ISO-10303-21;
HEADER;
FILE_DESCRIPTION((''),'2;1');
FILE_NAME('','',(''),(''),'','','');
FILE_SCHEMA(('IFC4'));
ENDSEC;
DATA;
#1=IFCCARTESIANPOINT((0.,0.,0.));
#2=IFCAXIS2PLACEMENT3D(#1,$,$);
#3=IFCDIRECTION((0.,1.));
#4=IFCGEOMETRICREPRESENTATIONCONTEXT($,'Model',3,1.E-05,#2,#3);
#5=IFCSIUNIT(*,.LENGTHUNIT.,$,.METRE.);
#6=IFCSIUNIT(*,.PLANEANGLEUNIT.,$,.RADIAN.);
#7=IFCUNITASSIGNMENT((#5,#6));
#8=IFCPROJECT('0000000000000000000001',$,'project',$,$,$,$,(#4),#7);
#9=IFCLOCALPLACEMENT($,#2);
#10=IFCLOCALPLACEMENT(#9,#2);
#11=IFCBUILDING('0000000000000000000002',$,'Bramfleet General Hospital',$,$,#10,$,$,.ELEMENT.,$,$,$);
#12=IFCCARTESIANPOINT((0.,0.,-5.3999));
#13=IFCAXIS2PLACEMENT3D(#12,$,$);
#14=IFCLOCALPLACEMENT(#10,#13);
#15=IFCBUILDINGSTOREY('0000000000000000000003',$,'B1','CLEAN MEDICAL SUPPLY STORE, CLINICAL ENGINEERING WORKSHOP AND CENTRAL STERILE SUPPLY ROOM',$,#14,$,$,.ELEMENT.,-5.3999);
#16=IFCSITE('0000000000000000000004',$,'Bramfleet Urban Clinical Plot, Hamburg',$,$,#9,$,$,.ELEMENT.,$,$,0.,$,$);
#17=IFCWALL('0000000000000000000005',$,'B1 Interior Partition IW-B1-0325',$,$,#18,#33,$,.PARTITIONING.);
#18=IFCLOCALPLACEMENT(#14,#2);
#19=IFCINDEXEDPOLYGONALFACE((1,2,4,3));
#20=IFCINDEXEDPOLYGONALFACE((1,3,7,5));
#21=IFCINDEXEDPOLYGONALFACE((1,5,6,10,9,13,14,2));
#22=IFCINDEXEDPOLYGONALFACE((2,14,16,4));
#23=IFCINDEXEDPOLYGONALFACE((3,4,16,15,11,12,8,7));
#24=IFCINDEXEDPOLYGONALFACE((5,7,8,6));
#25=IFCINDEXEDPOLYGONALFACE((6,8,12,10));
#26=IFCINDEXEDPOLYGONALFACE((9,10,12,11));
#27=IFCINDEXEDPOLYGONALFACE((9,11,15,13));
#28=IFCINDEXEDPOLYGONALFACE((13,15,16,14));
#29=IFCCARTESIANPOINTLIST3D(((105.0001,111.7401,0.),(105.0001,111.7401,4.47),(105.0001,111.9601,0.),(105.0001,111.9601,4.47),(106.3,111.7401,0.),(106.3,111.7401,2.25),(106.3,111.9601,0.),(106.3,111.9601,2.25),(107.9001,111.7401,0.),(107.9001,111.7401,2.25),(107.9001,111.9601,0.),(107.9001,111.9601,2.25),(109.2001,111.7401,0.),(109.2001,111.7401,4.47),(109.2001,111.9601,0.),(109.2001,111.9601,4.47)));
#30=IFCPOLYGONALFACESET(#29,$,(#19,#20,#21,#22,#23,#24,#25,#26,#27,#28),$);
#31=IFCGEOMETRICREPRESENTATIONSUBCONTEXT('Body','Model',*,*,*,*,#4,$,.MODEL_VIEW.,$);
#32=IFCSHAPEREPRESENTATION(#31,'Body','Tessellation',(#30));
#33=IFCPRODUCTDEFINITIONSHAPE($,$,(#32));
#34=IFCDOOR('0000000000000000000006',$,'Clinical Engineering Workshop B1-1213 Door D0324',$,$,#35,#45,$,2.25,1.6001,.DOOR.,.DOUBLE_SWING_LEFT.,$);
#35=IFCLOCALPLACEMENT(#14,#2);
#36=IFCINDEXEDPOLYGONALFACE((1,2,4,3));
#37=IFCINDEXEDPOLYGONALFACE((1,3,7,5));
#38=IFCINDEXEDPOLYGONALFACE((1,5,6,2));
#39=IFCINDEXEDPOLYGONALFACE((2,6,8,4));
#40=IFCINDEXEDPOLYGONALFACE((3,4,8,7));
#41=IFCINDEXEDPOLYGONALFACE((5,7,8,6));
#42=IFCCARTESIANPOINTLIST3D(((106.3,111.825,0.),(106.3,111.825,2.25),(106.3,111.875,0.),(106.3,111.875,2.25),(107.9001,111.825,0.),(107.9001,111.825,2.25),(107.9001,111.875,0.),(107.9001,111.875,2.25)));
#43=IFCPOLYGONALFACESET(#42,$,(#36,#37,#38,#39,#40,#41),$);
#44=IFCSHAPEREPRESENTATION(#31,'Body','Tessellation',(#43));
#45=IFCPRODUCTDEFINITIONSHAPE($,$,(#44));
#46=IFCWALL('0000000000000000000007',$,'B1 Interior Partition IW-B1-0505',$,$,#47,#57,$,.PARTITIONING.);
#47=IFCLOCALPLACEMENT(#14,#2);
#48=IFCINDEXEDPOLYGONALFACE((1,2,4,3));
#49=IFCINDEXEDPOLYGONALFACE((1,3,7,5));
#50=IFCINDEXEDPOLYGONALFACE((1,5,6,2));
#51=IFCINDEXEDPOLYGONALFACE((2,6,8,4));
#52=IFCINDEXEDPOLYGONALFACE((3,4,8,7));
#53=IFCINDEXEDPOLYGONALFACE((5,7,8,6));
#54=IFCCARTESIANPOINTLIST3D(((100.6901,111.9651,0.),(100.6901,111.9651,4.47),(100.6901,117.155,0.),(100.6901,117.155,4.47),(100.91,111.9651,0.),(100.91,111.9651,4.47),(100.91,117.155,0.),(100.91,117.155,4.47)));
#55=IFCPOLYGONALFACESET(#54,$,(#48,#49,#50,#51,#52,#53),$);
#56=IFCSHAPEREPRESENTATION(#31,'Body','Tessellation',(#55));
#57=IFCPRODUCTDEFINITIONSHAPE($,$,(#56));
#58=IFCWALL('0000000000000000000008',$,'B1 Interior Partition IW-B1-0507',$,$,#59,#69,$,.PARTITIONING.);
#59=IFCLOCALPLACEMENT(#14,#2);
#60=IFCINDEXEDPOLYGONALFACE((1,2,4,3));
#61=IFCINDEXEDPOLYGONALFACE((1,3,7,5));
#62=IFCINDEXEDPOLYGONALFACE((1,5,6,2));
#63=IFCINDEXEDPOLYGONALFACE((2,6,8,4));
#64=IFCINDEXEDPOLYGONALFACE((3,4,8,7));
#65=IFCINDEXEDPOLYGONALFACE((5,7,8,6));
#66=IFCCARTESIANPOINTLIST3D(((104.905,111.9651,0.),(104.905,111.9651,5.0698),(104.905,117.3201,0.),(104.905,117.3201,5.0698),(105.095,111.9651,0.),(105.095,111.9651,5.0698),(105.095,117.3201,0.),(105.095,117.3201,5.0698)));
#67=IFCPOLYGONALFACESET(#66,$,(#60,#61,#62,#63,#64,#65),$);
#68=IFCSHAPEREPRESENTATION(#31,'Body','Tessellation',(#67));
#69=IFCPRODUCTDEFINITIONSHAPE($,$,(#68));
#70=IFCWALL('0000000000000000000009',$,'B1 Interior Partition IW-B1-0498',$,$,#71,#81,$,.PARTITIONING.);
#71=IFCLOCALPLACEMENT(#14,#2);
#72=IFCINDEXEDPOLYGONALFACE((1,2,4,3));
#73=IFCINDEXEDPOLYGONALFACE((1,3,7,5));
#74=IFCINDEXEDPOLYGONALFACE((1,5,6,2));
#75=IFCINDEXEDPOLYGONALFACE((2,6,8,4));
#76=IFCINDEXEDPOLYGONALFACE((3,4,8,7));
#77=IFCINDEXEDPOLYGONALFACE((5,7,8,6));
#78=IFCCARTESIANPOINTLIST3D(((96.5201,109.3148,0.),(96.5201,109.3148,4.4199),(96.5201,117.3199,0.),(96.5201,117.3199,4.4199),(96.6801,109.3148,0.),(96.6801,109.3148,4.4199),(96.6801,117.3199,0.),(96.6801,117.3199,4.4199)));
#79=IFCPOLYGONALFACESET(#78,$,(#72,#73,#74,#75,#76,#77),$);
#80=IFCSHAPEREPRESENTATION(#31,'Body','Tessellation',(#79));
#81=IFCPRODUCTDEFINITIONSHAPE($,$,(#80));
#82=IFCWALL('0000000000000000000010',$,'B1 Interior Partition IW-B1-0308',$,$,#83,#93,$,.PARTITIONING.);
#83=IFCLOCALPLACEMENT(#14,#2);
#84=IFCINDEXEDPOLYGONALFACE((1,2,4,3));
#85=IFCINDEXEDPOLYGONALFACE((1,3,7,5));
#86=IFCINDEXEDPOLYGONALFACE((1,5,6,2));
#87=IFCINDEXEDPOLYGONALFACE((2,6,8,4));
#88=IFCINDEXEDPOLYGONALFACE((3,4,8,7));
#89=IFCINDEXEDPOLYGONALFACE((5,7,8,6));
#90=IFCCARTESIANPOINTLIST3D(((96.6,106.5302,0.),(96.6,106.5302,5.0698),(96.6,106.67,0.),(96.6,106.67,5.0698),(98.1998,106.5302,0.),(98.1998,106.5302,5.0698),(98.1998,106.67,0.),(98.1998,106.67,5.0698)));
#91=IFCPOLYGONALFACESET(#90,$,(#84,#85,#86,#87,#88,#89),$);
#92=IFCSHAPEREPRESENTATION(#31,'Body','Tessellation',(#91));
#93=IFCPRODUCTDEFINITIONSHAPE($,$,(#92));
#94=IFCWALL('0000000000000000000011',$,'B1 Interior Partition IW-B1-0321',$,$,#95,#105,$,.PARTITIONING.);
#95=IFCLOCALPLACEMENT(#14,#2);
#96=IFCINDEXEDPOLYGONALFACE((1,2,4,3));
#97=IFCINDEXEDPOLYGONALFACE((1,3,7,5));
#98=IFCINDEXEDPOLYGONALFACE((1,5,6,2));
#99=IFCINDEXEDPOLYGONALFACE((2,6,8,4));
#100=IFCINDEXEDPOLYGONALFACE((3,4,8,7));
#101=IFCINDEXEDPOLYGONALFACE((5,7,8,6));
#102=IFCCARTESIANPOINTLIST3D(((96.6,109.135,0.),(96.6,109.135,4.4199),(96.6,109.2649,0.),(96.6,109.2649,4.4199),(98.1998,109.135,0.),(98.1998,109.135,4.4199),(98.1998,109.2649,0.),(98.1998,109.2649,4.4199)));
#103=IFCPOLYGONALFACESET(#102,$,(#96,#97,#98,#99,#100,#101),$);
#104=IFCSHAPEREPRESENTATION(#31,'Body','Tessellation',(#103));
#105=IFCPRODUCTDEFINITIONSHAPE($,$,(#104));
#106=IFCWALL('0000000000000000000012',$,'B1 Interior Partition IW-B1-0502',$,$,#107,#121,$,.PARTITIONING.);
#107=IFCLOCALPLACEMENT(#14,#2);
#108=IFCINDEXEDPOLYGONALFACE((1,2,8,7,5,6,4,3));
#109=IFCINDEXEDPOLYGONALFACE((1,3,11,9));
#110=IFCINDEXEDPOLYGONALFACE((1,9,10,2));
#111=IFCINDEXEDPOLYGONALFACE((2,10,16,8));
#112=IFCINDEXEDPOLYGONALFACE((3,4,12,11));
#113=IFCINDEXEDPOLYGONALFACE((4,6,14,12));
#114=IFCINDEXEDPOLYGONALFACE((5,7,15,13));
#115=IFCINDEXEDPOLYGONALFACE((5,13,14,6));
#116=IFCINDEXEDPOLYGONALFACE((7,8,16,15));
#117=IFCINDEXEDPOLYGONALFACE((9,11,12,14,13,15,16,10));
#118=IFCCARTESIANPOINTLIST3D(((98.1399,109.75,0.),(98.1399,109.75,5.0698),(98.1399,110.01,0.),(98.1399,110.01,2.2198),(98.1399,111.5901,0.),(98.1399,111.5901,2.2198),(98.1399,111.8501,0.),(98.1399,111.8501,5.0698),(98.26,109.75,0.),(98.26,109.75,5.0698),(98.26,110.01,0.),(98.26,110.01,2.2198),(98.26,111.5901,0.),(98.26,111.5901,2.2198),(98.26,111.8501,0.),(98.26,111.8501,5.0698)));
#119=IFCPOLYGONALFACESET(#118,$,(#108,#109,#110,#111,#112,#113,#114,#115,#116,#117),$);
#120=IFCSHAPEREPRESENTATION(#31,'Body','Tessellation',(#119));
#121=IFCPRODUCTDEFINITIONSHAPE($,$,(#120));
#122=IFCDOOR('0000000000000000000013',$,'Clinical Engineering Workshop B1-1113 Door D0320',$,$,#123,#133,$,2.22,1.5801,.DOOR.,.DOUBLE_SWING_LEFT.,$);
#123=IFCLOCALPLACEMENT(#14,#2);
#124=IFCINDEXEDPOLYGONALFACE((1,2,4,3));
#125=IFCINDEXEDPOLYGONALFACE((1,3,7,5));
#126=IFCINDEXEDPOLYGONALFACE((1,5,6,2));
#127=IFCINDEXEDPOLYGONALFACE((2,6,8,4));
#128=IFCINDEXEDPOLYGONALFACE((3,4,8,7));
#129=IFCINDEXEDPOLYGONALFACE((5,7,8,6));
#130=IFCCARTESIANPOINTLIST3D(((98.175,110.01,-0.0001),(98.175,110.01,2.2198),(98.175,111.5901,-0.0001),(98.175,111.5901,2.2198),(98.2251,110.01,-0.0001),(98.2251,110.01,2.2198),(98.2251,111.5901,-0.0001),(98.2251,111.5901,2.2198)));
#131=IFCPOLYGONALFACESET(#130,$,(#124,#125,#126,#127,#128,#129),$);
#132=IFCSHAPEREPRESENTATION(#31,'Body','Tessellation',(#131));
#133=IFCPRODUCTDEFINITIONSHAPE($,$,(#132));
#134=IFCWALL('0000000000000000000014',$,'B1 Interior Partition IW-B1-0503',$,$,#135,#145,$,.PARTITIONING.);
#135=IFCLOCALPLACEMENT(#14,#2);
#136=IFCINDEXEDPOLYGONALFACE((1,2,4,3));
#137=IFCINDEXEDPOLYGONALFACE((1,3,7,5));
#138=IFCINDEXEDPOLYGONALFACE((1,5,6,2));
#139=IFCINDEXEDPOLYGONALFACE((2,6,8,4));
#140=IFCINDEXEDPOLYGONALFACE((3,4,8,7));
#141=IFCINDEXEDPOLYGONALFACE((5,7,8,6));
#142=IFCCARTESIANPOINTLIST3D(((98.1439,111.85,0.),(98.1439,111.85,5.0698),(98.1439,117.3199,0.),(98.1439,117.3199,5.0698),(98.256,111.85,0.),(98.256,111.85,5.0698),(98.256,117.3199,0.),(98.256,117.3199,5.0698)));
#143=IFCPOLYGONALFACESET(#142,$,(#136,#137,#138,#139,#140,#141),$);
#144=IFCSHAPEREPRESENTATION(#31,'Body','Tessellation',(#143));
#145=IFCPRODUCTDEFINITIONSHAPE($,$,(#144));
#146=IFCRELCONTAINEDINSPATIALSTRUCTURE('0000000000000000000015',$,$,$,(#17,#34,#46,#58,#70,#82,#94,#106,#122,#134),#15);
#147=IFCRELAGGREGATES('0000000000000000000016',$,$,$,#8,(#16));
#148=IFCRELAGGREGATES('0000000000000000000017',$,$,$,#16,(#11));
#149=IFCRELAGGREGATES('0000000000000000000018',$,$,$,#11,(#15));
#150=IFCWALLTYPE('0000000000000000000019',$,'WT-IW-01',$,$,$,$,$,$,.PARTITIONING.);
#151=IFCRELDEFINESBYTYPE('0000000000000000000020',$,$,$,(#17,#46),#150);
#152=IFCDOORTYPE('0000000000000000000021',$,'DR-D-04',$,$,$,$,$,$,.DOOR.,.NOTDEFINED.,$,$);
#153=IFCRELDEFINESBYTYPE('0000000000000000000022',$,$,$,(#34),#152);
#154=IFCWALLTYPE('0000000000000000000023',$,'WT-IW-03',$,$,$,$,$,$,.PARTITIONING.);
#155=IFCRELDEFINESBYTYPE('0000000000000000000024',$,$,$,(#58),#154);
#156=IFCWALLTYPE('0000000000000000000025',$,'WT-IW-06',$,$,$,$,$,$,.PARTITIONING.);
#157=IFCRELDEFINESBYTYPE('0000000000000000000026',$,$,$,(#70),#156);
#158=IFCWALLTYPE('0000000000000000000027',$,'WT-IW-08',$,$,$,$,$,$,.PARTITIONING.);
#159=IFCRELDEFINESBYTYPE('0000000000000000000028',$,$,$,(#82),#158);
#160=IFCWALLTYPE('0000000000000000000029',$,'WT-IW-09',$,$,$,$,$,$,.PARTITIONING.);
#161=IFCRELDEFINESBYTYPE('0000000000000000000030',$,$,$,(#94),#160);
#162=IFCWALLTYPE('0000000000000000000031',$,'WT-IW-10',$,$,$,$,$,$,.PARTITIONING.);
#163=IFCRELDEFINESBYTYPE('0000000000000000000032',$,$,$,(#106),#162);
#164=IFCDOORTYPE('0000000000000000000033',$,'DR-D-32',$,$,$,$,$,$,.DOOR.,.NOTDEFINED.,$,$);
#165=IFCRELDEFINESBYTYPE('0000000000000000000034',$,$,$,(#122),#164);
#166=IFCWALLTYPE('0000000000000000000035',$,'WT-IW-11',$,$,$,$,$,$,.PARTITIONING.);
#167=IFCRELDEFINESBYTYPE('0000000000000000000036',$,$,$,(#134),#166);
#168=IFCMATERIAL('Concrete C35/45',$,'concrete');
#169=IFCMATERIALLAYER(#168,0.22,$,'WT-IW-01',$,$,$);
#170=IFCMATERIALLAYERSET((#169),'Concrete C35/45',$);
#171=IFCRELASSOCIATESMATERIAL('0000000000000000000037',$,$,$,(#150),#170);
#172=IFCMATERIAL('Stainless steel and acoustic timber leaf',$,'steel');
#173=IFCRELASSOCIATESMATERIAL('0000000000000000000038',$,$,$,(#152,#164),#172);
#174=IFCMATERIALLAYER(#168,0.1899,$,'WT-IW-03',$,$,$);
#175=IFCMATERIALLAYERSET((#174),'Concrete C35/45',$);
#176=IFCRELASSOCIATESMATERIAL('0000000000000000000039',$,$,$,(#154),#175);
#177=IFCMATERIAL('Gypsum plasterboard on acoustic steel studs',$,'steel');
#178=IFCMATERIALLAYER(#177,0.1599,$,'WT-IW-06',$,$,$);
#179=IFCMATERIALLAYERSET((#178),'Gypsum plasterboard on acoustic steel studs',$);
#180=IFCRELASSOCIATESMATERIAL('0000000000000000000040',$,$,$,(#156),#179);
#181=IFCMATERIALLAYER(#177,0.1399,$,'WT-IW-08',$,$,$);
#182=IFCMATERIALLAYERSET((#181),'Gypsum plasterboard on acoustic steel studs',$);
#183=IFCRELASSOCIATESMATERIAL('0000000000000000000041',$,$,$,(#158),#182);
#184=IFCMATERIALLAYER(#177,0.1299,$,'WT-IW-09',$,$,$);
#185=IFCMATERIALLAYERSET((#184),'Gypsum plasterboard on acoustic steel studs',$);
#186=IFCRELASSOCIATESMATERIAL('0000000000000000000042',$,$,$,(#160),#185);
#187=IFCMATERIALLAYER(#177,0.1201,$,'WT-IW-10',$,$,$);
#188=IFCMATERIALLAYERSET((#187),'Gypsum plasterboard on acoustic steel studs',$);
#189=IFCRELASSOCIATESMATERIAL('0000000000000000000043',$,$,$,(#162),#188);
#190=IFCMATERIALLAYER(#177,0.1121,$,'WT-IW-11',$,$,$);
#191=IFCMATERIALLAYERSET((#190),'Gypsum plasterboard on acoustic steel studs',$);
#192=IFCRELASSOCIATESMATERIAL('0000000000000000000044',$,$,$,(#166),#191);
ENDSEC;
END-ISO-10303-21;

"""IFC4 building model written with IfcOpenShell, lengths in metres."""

from ifc_helpers import new_model, si_unit, direction, frame, frame_2d, origin, place, context, subcontext, project, spatial, rectangle, extrude, material, layer, layer_set, type_object, element, fill, save


model = new_model("IFC4")

# Units and contexts
model_context = context("Model", 3, precision=1e-05, world=origin(), true_north=direction((0.0, 1.0)))
body_context = subcontext(model_context, "Body", "Model", "MODEL_VIEW")
ifc_project = project(units=[si_unit("LENGTHUNIT", "METRE"), si_unit("PLANEANGLEUNIT", "RADIAN")], contexts=[model_context])

# Site, building, storey
site_placement = place(None, origin())
site = spatial("IfcSite", under=ifc_project, at=site_placement, Name="Bramfleet Urban Clinical Plot, Hamburg", CompositionType="ELEMENT", RefElevation=0.0)
building_placement = place(site_placement, origin())
building = spatial("IfcBuilding", under=site, at=building_placement, Name="Bramfleet General Hospital", CompositionType="ELEMENT")
storey_placement = place(building_placement, frame((0.0, 0.0, -5.3999)))
storey = spatial("IfcBuildingStorey", under=building, at=storey_placement, Name="B1", Description="CLEAN MEDICAL SUPPLY STORE, CLINICAL ENGINEERING WORKSHOP AND CENTRAL STERILE SUPPLY ROOM", CompositionType="ELEMENT", Elevation=-5.3999)

# Shared definitions
ifc_material_1 = material(Name="Concrete C35/45", Category="concrete")

# Wall, opening, door
ifc_layer_1 = layer(ifc_material_1, 0.22, Name="WT-IW-01")
ifc_layer_set_1 = layer_set([ifc_layer_1], Name="Concrete C35/45")
wall_type_1 = type_object("IfcWallType", Name="WT-IW-01", PredefinedType="PARTITIONING", material=ifc_layer_set_1)
wall_1_placement = place(storey_placement, frame((105.0, 111.8501, 0.0), z_axis=(0.0, 0.0, 1.0), x_axis=(1.0, 0.0, 0.0)))
wall_1 = element("IfcWall", 1, at=wall_1_placement, inside=storey, type_object=wall_type_1, Name="B1 Interior Partition IW-B1-0325", PredefinedType="PARTITIONING", context=body_context, shape_type="SweptSolid", body=[
    extrude(rectangle(XDim=4.2, YDim=0.22, at=frame_2d((2.1001, 0.0))), origin(), (0.0, 0.0, 1.0), 4.47),
])
opening_1_placement = place(wall_1_placement, frame((1.3, 0.0, 0.0)))
opening_1 = element("IfcOpeningElement", 2, at=opening_1_placement, cuts=wall_1, PredefinedType="OPENING", context=body_context, shape_type="SweptSolid", body=[
    extrude(rectangle(XDim=1.6001, YDim=2.25, at=frame_2d((0.8, 1.125))), frame((0.0, 0.1199, 0.0), z_axis=(0.0, -1.0, 0.0), x_axis=(1.0, 0.0, 0.0)), (0.0, 0.0, 1.0), 0.24),
])
ifc_material_2 = material(Name="Stainless steel and acoustic timber leaf", Category="steel")
door_type_1 = type_object("IfcDoorType", Name="DR-D-04", OperationType="NOTDEFINED", PredefinedType="DOOR", material=ifc_material_2)
door_1_placement = place(opening_1_placement, origin())
door_1 = element("IfcDoor", 3, at=door_1_placement, inside=storey, type_object=door_type_1, Name="Clinical Engineering Workshop B1-1213 Door D0324", OperationType="DOUBLE_SWING_LEFT", OverallHeight=2.25, OverallWidth=1.6001, PredefinedType="DOOR", context=body_context, shape_type="SweptSolid", body=[
    extrude(rectangle(XDim=1.6001, YDim=2.25, at=frame_2d((0.8, 1.125))), frame((0.0, 0.0249, 0.0), z_axis=(0.0, -1.0, 0.0), x_axis=(1.0, 0.0, 0.0)), (0.0, 0.0, 1.0), 0.05),
])
fill(opening_1, door_1)

# Walls
wall_2_placement = place(storey_placement, frame((100.8, 111.9651, 0.0), z_axis=(0.0, 0.0, 1.0), x_axis=(0.0, 1.0, 0.0)))
element("IfcWall", 4, at=wall_2_placement, inside=storey, type_object=wall_type_1, Name="B1 Interior Partition IW-B1-0505", PredefinedType="PARTITIONING", context=body_context, shape_type="SweptSolid", body=[
    extrude(rectangle(XDim=5.1899, YDim=0.22, at=frame_2d((2.595, 0.0))), origin(), (0.0, 0.0, 1.0), 4.47),
])
ifc_layer_2 = layer(ifc_material_1, 0.1899, Name="WT-IW-03")
ifc_layer_set_2 = layer_set([ifc_layer_2], Name="Concrete C35/45")
wall_type_2 = type_object("IfcWallType", Name="WT-IW-03", PredefinedType="PARTITIONING", material=ifc_layer_set_2)
wall_3_placement = place(storey_placement, frame((105.0, 111.9651, 0.0), z_axis=(0.0, 0.0, 1.0), x_axis=(0.0, 1.0, 0.0)))
element("IfcWall", 5, at=wall_3_placement, inside=storey, type_object=wall_type_2, Name="B1 Interior Partition IW-B1-0507", PredefinedType="PARTITIONING", context=body_context, shape_type="SweptSolid", body=[
    extrude(rectangle(XDim=5.355, YDim=0.1899, at=frame_2d((2.6775, 0.0))), origin(), (0.0, 0.0, 1.0), 5.0698),
])
ifc_material_3 = material(Name="Gypsum plasterboard on acoustic steel studs", Category="steel")
ifc_layer_3 = layer(ifc_material_3, 0.1599, Name="WT-IW-06")
ifc_layer_set_3 = layer_set([ifc_layer_3], Name="Gypsum plasterboard on acoustic steel studs")
wall_type_3 = type_object("IfcWallType", Name="WT-IW-06", PredefinedType="PARTITIONING", material=ifc_layer_set_3)
wall_4_placement = place(storey_placement, frame((96.6001, 109.3149, 0.0), z_axis=(0.0, 0.0, 1.0), x_axis=(0.0, 1.0, 0.0)))
element("IfcWall", 6, at=wall_4_placement, inside=storey, type_object=wall_type_3, Name="B1 Interior Partition IW-B1-0498", PredefinedType="PARTITIONING", context=body_context, shape_type="SweptSolid", body=[
    extrude(rectangle(XDim=8.0051, YDim=0.1599, at=frame_2d((4.0024, 0.0))), origin(), (0.0, 0.0, 1.0), 4.4199),
])
ifc_layer_4 = layer(ifc_material_3, 0.1399, Name="WT-IW-08")
ifc_layer_set_4 = layer_set([ifc_layer_4], Name="Gypsum plasterboard on acoustic steel studs")
wall_type_4 = type_object("IfcWallType", Name="WT-IW-08", PredefinedType="PARTITIONING", material=ifc_layer_set_4)
wall_5_placement = place(storey_placement, frame((96.6001, 106.6001, 0.0), z_axis=(0.0, 0.0, 1.0), x_axis=(1.0, 0.0, 0.0)))
element("IfcWall", 7, at=wall_5_placement, inside=storey, type_object=wall_type_4, Name="B1 Interior Partition IW-B1-0308", PredefinedType="PARTITIONING", context=body_context, shape_type="SweptSolid", body=[
    extrude(rectangle(XDim=1.5999, YDim=0.1399, at=frame_2d((0.7998, 0.0))), origin(), (0.0, 0.0, 1.0), 5.0698),
])
ifc_layer_5 = layer(ifc_material_3, 0.1299, Name="WT-IW-09")
ifc_layer_set_5 = layer_set([ifc_layer_5], Name="Gypsum plasterboard on acoustic steel studs")
wall_type_5 = type_object("IfcWallType", Name="WT-IW-09", PredefinedType="PARTITIONING", material=ifc_layer_set_5)
wall_6_placement = place(storey_placement, frame((96.6001, 109.2, 0.0), z_axis=(0.0, 0.0, 1.0), x_axis=(1.0, 0.0, 0.0)))
element("IfcWall", 8, at=wall_6_placement, inside=storey, type_object=wall_type_5, Name="B1 Interior Partition IW-B1-0321", PredefinedType="PARTITIONING", context=body_context, shape_type="SweptSolid", body=[
    extrude(rectangle(XDim=1.5999, YDim=0.1299, at=frame_2d((0.7998, 0.0))), origin(), (0.0, 0.0, 1.0), 4.4199),
])

# Wall, opening, door
ifc_layer_6 = layer(ifc_material_3, 0.1201, Name="WT-IW-10")
ifc_layer_set_6 = layer_set([ifc_layer_6], Name="Gypsum plasterboard on acoustic steel studs")
wall_type_6 = type_object("IfcWallType", Name="WT-IW-10", PredefinedType="PARTITIONING", material=ifc_layer_set_6)
wall_7_placement = place(storey_placement, frame((98.2, 109.75, 0.0), z_axis=(0.0, 0.0, 1.0), x_axis=(0.0, 1.0, 0.0)))
wall_7 = element("IfcWall", 9, at=wall_7_placement, inside=storey, type_object=wall_type_6, Name="B1 Interior Partition IW-B1-0502", PredefinedType="PARTITIONING", context=body_context, shape_type="SweptSolid", body=[
    extrude(rectangle(XDim=2.1001, YDim=0.1201, at=frame_2d((1.05, 0.0))), origin(), (0.0, 0.0, 1.0), 5.0698),
])
opening_2_placement = place(wall_7_placement, frame((0.26, 0.0, 0.0)))
opening_2 = element("IfcOpeningElement", 10, at=opening_2_placement, cuts=wall_7, PredefinedType="OPENING", context=body_context, shape_type="SweptSolid", body=[
    extrude(rectangle(XDim=1.5801, YDim=2.22, at=frame_2d((0.79, 1.1099))), frame((0.0, 0.0701, 0.0), z_axis=(0.0, -1.0, 0.0), x_axis=(1.0, 0.0, 0.0)), (0.0, 0.0, 1.0), 0.1401),
])
door_type_2 = type_object("IfcDoorType", Name="DR-D-32", OperationType="NOTDEFINED", PredefinedType="DOOR", material=ifc_material_2)
door_2_placement = place(opening_2_placement, origin())
door_2 = element("IfcDoor", 11, at=door_2_placement, inside=storey, type_object=door_type_2, Name="Clinical Engineering Workshop B1-1113 Door D0320", OperationType="DOUBLE_SWING_LEFT", OverallHeight=2.22, OverallWidth=1.5801, PredefinedType="DOOR", context=body_context, shape_type="SweptSolid", body=[
    extrude(rectangle(XDim=1.5801, YDim=2.22, at=frame_2d((0.79, 1.1099))), frame((0.0, 0.0249, 0.0), z_axis=(0.0, -1.0, 0.0), x_axis=(1.0, 0.0, 0.0)), (0.0, 0.0, 1.0), 0.05),
])
fill(opening_2, door_2)

# Wall
ifc_layer_7 = layer(ifc_material_3, 0.1121, Name="WT-IW-11")
ifc_layer_set_7 = layer_set([ifc_layer_7], Name="Gypsum plasterboard on acoustic steel studs")
wall_type_7 = type_object("IfcWallType", Name="WT-IW-11", PredefinedType="PARTITIONING", material=ifc_layer_set_7)
wall_8_placement = place(storey_placement, frame((98.2, 111.8501, 0.0), z_axis=(0.0, 0.0, 1.0), x_axis=(0.0, 1.0, 0.0)))
element("IfcWall", 12, at=wall_8_placement, inside=storey, type_object=wall_type_7, Name="B1 Interior Partition IW-B1-0503", PredefinedType="PARTITIONING", context=body_context, shape_type="SweptSolid", body=[
    extrude(rectangle(XDim=5.47, YDim=0.1121, at=frame_2d((2.7349, 0.0))), origin(), (0.0, 0.0, 1.0), 5.0698),
])

save(model, "model.ifc")
